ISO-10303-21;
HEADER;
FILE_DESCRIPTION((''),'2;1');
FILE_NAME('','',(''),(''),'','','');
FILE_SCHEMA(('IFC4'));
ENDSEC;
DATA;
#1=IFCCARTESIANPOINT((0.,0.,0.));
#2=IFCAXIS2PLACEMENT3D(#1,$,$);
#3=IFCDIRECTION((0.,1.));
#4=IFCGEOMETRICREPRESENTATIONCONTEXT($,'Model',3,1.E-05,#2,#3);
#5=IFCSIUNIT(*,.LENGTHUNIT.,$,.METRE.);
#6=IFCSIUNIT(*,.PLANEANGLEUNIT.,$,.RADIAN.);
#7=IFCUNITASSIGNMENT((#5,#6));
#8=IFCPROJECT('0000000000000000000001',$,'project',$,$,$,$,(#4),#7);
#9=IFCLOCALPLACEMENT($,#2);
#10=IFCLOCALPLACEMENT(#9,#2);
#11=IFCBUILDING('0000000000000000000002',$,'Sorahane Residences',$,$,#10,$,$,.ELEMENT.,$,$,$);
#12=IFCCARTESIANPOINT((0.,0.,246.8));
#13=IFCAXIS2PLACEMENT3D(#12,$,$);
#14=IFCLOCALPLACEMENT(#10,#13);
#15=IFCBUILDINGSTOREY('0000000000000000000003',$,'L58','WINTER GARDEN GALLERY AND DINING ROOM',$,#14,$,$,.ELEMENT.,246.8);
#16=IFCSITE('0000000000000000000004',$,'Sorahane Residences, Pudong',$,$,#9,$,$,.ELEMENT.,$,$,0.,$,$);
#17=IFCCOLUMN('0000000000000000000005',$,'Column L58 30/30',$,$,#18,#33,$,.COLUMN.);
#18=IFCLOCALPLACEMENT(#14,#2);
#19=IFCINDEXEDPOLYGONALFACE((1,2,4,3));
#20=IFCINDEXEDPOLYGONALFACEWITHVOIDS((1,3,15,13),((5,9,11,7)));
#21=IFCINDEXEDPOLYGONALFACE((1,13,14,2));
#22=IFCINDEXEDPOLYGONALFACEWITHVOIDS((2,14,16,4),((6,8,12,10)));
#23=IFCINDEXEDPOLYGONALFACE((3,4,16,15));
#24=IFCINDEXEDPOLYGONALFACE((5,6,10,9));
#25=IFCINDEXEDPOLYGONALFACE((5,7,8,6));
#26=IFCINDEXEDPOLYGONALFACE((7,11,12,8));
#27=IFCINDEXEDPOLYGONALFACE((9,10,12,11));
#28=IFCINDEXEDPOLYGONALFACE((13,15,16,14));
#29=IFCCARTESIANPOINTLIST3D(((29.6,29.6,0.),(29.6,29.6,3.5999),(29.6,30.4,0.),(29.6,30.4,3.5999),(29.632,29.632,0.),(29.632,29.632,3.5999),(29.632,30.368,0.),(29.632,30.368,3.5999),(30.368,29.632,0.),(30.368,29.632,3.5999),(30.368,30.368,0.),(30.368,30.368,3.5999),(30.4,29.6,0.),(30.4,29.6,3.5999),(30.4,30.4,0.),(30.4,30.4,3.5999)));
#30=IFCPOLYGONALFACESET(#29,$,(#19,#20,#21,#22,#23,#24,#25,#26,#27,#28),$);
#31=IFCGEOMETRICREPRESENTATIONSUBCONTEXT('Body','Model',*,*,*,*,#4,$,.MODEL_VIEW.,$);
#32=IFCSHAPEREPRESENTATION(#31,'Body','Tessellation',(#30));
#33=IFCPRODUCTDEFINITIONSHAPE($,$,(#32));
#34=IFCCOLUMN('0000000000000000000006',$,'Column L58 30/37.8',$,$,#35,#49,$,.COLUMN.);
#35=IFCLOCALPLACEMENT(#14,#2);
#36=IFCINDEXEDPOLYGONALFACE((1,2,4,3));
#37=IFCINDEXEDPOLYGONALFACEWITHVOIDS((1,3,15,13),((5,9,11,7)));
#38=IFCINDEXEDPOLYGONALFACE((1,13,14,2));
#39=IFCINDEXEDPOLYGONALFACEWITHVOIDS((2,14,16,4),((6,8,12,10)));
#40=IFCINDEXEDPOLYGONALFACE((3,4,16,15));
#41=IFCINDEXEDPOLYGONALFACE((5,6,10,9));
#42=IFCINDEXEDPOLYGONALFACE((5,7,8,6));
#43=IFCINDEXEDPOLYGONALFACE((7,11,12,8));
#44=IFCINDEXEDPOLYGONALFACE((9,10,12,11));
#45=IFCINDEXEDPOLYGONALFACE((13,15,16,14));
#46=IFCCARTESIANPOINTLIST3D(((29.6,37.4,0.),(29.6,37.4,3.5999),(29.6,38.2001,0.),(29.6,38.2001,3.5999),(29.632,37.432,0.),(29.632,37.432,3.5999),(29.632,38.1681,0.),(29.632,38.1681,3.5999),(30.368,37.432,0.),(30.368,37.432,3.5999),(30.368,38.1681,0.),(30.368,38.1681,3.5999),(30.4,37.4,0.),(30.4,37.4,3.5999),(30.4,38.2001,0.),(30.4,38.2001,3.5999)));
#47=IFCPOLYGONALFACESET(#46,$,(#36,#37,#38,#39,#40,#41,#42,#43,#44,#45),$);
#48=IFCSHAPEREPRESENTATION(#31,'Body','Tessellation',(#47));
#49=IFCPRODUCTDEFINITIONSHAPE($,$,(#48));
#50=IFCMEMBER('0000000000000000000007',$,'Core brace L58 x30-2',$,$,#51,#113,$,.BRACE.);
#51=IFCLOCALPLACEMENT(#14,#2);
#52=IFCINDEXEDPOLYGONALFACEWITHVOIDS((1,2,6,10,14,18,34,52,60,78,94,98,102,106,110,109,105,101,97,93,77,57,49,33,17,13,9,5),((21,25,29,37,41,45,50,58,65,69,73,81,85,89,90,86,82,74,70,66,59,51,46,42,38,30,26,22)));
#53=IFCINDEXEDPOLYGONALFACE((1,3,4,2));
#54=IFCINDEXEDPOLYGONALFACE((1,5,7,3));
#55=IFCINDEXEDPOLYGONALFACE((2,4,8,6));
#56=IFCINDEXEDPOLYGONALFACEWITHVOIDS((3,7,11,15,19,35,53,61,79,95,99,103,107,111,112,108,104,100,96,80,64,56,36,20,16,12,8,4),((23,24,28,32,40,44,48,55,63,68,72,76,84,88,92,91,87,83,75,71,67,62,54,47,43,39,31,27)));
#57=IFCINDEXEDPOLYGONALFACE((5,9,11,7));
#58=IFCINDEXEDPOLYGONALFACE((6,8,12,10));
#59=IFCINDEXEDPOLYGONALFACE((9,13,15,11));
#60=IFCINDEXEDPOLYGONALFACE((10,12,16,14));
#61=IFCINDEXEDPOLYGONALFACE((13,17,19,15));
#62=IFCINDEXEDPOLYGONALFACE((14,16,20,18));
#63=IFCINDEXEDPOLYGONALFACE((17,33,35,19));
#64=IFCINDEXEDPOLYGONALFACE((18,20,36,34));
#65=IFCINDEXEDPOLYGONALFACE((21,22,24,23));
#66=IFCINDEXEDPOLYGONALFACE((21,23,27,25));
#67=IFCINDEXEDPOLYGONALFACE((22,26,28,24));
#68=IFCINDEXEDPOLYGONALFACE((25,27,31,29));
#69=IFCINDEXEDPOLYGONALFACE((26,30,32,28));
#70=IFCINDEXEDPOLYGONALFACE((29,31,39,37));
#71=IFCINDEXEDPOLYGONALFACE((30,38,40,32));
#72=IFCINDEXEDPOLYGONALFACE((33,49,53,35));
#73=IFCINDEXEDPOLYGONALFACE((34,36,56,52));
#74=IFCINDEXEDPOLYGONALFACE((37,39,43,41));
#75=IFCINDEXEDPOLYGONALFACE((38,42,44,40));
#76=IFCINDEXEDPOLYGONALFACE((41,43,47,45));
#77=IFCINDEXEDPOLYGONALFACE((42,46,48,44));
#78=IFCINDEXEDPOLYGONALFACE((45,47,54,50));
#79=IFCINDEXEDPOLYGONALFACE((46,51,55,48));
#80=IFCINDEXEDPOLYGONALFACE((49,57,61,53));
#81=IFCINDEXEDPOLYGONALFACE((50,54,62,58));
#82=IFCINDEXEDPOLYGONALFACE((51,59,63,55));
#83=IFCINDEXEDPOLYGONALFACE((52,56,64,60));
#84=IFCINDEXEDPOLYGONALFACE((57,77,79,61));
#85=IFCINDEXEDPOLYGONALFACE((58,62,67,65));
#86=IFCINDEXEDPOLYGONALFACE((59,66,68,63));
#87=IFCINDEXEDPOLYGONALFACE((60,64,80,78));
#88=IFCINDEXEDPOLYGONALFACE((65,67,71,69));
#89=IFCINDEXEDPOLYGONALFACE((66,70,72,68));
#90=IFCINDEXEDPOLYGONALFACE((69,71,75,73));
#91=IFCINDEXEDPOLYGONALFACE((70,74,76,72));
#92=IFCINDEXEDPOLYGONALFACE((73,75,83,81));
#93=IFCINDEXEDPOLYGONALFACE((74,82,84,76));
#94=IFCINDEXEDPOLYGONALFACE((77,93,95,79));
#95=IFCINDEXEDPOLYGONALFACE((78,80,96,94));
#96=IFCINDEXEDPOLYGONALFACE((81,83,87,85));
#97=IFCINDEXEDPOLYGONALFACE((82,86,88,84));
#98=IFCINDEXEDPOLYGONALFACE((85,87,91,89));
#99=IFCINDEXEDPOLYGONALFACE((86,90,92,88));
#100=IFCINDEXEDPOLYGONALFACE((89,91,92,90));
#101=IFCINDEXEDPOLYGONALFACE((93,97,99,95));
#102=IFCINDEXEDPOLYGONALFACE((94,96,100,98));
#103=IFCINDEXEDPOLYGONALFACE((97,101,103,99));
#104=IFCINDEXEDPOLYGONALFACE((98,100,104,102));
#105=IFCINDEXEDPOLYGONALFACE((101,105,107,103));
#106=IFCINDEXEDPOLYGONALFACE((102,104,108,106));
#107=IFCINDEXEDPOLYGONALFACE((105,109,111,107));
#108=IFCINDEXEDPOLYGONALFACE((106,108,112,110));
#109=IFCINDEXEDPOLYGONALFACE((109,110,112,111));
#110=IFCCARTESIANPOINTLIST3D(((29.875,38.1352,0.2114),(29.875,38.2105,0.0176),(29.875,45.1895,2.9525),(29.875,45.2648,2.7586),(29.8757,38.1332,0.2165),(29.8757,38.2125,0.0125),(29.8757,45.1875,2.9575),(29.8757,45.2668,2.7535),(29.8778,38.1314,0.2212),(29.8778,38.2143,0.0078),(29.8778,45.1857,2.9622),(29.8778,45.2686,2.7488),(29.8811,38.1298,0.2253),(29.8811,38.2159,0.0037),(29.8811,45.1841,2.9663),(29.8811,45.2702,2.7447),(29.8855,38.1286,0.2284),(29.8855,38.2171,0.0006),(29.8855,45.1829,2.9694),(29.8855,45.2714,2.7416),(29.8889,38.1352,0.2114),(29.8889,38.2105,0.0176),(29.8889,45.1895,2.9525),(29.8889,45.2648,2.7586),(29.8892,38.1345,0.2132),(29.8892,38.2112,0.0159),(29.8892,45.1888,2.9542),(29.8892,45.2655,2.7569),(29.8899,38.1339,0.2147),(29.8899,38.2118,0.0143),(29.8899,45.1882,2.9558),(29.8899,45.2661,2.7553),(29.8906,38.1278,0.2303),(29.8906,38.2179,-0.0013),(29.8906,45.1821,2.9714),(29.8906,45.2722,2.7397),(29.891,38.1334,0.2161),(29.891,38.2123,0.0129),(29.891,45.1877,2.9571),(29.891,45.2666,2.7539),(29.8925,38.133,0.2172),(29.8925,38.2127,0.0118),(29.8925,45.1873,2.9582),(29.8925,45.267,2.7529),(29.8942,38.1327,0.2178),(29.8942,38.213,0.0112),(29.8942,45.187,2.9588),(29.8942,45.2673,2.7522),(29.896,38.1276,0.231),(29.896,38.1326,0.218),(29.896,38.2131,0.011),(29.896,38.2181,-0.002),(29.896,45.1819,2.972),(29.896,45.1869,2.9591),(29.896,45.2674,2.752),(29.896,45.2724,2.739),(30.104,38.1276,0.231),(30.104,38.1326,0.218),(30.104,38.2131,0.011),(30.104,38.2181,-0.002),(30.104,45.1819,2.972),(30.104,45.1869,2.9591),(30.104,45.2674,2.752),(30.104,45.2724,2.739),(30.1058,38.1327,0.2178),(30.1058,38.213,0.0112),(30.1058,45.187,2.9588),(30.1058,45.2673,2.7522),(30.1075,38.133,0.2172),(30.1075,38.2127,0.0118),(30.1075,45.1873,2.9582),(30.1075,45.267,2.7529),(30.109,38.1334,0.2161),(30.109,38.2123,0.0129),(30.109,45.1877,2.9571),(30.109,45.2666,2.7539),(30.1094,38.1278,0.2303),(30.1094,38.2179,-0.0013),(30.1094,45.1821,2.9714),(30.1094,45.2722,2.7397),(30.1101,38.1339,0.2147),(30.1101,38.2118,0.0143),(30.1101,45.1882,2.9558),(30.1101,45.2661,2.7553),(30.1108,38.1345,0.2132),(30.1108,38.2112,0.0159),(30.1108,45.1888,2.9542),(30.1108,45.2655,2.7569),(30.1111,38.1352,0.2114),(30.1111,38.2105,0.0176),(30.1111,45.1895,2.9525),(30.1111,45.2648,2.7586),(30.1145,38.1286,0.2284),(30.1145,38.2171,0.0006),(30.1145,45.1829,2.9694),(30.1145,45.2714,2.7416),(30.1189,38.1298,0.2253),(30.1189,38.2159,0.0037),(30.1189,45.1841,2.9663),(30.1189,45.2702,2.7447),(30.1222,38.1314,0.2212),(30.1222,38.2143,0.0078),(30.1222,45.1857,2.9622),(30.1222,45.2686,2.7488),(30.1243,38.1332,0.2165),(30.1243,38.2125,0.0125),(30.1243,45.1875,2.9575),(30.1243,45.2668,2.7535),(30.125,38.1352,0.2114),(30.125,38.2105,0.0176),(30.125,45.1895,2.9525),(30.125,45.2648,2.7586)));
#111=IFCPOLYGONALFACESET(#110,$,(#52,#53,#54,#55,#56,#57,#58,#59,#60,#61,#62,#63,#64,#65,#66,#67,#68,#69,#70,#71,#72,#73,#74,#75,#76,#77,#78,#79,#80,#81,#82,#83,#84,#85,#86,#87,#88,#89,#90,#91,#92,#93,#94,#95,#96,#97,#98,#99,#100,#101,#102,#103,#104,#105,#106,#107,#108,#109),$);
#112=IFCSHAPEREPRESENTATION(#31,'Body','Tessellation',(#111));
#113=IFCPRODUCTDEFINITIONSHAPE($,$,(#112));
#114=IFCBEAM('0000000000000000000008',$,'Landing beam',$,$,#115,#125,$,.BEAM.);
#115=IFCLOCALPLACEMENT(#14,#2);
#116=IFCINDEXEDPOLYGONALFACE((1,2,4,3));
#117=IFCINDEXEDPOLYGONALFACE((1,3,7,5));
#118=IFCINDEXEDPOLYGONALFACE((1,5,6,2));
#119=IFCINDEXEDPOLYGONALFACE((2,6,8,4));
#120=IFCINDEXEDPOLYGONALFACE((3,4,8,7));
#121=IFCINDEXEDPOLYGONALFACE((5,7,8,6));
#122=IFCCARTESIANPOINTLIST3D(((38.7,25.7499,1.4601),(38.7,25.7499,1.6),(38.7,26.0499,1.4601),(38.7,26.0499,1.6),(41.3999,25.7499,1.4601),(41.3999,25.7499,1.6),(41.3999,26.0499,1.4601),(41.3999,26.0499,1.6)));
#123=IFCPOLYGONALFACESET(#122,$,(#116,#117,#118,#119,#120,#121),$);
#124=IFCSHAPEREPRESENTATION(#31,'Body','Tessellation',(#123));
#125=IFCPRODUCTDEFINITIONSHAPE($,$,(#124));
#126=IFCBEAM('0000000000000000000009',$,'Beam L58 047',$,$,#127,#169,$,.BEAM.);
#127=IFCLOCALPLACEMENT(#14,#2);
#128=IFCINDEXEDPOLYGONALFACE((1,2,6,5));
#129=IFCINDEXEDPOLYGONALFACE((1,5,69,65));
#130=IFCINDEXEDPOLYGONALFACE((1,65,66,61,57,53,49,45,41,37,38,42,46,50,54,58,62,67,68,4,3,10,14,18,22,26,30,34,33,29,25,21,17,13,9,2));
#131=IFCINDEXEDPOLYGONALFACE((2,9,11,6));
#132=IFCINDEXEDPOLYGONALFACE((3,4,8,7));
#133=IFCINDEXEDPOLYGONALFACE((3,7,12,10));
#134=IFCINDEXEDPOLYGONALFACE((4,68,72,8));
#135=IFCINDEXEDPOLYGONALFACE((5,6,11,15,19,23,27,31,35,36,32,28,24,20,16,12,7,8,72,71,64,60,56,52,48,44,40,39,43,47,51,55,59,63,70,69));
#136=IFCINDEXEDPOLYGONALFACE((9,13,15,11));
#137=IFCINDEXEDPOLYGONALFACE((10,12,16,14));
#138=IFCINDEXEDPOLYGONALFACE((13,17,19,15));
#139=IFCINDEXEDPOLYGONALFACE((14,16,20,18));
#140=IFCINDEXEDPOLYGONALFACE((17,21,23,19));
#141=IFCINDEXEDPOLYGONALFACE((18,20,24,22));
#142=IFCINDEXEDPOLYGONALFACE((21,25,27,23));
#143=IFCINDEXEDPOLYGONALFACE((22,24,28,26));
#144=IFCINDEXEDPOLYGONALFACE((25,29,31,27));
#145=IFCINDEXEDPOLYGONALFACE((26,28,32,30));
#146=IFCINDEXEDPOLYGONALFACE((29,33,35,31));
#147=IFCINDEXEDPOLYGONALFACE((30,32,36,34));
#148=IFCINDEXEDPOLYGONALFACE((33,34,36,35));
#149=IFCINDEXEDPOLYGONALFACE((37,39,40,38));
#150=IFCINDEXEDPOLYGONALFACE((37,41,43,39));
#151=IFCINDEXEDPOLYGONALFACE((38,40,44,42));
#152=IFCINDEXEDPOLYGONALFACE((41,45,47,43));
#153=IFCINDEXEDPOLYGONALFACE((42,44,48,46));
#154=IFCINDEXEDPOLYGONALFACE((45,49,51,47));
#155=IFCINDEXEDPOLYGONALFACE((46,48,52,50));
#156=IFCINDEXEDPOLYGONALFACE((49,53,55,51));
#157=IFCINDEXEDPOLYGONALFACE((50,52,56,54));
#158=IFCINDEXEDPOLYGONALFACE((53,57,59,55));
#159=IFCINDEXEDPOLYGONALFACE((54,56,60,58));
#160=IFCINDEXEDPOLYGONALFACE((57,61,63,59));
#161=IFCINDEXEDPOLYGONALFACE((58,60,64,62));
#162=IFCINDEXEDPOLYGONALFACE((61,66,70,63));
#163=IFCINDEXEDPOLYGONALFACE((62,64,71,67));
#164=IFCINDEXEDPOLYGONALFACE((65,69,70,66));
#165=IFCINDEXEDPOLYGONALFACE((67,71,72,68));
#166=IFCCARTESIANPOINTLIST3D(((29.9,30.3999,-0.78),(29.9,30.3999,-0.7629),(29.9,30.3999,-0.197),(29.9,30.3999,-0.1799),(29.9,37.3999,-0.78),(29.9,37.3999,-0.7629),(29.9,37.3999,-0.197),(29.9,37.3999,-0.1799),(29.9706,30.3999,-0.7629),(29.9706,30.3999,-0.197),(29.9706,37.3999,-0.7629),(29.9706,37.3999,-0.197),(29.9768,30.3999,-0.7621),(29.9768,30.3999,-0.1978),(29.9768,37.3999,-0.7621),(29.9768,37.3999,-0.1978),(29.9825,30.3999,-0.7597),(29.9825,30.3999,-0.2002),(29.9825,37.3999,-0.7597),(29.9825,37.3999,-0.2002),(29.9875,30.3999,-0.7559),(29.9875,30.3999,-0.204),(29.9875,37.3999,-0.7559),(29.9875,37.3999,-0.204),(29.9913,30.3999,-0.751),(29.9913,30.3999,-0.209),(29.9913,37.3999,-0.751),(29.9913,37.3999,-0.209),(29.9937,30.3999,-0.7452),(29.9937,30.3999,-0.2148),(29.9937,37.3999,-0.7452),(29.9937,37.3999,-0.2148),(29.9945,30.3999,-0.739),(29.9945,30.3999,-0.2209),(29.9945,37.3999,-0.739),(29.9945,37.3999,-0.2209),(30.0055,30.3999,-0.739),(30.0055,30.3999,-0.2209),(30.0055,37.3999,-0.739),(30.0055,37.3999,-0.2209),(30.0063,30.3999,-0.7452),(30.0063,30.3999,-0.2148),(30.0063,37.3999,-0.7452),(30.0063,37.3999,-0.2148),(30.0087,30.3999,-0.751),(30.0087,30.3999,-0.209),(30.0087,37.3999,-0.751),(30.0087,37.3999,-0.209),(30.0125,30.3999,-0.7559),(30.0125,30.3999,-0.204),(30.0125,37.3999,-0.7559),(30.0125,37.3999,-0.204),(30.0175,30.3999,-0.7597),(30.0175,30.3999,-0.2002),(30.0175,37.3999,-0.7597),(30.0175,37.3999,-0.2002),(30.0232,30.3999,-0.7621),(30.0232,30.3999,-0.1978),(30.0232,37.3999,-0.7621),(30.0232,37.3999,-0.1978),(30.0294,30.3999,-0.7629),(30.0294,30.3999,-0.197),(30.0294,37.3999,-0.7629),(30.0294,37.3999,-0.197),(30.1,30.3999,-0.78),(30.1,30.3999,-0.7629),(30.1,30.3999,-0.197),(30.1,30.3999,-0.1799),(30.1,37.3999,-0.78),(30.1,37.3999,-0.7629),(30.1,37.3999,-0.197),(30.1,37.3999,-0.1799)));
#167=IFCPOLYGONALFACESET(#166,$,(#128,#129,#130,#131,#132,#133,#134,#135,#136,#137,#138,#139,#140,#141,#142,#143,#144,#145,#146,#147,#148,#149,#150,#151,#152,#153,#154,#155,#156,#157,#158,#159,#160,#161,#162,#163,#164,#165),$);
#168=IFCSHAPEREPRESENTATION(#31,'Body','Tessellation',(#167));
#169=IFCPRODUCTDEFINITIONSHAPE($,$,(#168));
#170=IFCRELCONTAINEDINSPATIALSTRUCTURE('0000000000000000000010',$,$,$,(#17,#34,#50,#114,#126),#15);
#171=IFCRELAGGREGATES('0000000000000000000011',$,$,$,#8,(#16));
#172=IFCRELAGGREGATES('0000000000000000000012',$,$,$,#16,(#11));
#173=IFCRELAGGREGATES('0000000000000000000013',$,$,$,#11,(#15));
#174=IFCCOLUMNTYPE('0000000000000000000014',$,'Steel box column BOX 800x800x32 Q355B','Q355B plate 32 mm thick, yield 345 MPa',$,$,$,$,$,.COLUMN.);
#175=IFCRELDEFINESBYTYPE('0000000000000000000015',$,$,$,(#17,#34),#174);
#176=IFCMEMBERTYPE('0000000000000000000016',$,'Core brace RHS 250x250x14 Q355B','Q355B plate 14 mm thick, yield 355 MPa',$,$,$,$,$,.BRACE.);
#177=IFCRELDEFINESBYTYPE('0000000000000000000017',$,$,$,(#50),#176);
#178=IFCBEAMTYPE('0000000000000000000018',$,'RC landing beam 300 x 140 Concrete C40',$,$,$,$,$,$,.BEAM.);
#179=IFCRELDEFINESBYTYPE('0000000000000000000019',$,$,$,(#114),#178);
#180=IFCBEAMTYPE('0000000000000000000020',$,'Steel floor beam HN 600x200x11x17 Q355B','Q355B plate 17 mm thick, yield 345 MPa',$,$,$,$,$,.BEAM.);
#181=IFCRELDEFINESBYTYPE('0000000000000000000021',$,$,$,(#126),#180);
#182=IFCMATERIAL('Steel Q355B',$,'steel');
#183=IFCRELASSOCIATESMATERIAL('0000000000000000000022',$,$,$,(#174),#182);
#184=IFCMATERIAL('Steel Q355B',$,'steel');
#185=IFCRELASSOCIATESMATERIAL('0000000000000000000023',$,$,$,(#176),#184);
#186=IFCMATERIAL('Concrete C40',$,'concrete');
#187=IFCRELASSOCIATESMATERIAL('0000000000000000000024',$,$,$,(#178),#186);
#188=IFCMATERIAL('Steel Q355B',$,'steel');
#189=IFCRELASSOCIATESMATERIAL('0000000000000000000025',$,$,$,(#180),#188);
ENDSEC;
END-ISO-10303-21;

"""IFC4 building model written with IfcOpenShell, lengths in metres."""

from ifc_helpers import new_model, si_unit, direction, frame, origin, origin_2d, place, context, subcontext, project, spatial, rectangle, hollow_rectangle, i_section, extrude, material, material_profile, profile_set, type_object, element, save


model = new_model("IFC4")

# Units and contexts
model_context = context("Model", 3, precision=1e-05, world=origin(), true_north=direction((0.0, 1.0)))
body_context = subcontext(model_context, "Body", "Model", "MODEL_VIEW")
ifc_project = project(units=[si_unit("LENGTHUNIT", "METRE"), si_unit("PLANEANGLEUNIT", "RADIAN")], contexts=[model_context])

# Site, building, storey
site_placement = place(None, origin())
site = spatial("IfcSite", under=ifc_project, at=site_placement, Name="Sorahane Residences, Pudong", CompositionType="ELEMENT", RefElevation=0.0)
building_placement = place(site_placement, origin())
building = spatial("IfcBuilding", under=site, at=building_placement, Name="Sorahane Residences", CompositionType="ELEMENT")
storey_placement = place(building_placement, frame((0.0, 0.0, 246.8)))
storey = spatial("IfcBuildingStorey", under=building, at=storey_placement, Name="L58", Description="WINTER GARDEN GALLERY AND DINING ROOM", CompositionType="ELEMENT", Elevation=246.8)

# Columns
ifc_material_1 = material(Name="Steel Q355B", Category="steel")
ifc_material_profile_1 = material_profile(ifc_material_1, hollow_rectangle(XDim=0.8, YDim=0.8, WallThickness=0.032, at=origin_2d()), Name="BOX 800x800x32")
ifc_profile_set_1 = profile_set([ifc_material_profile_1], Name="Steel Q355B")
column_type = type_object("IfcColumnType", Name="Steel box column BOX 800x800x32 Q355B", Description="Q355B plate 32 mm thick, yield 345 MPa", PredefinedType="COLUMN", material=ifc_profile_set_1)
for number, where, z_axis, x_axis, name in (
    (1, (30.0, 30.0, 0.0), (0.0, 0.0, 1.0), (1.0, 0.0, 0.0), "Column L58 30/30"),
    (2, (30.0, 37.8, 0.0), (0.0, 0.0, 1.0), (1.0, 0.0, 0.0), "Column L58 30/37.8"),
):
    element("IfcColumn", number, at=place(storey_placement, frame(where, z_axis=z_axis, x_axis=x_axis)), inside=storey, type_object=column_type, Name=name, PredefinedType="COLUMN", context=body_context, shape_type="SweptSolid", body=[
        extrude(hollow_rectangle(XDim=0.8, YDim=0.8, WallThickness=0.032, at=origin_2d()), origin(), (0.0, 0.0, 1.0), 3.5999),
    ])

# Member
ifc_material_2 = material(Name="Steel Q355B", Category="steel")
ifc_material_profile_2 = material_profile(ifc_material_2, hollow_rectangle(XDim=0.25, YDim=0.25, WallThickness=0.0139, InnerFilletRadius=0.0071, OuterFilletRadius=0.021, at=origin_2d()), Name="RHS 250x250x14")
ifc_profile_set_2 = profile_set([ifc_material_profile_2], Name="Steel Q355B")
member_type = type_object("IfcMemberType", Name="Core brace RHS 250x250x14 Q355B", Description="Q355B plate 14 mm thick, yield 355 MPa", PredefinedType="BRACE", material=ifc_profile_set_2)
member_placement = place(storey_placement, frame((30.0, 38.1729, 0.1145), z_axis=(0.0, 0.932109, 0.362178), x_axis=(-1.0, 0.0, 0.0)))
element("IfcMember", 3, at=member_placement, inside=storey, type_object=member_type, Name="Core brace L58 x30-2", PredefinedType="BRACE", context=body_context, shape_type="SweptSolid", body=[
    extrude(hollow_rectangle(XDim=0.25, YDim=0.25, WallThickness=0.0139, InnerFilletRadius=0.0071, OuterFilletRadius=0.021, at=origin_2d()), origin(), (0.0, 0.0, 1.0), 7.5681),
])

# Beams
ifc_material_3 = material(Name="Concrete C40", Category="concrete")
ifc_material_profile_3 = material_profile(ifc_material_3, rectangle(XDim=0.3, YDim=0.1399, at=origin_2d()), Name="300x140")
ifc_profile_set_3 = profile_set([ifc_material_profile_3], Name="Concrete C40")
beam_type_1 = type_object("IfcBeamType", Name="RC landing beam 300 x 140 Concrete C40", PredefinedType="BEAM", material=ifc_profile_set_3)
beam_placement = place(storey_placement, frame((38.7, 25.8999, 1.53), z_axis=(1.0, 0.0, 0.0), x_axis=(0.0, 1.0, 0.0)))
element("IfcBeam", 4, at=beam_placement, inside=storey, type_object=beam_type_1, Name="Landing beam", PredefinedType="BEAM", context=body_context, shape_type="SweptSolid", body=[
    extrude(rectangle(XDim=0.3, YDim=0.1399, at=origin_2d()), origin(), (0.0, 0.0, 1.0), 2.7),
])
ifc_material_4 = material(Name="Steel Q355B", Category="steel")
ifc_material_profile_4 = material_profile(ifc_material_4, i_section(OverallWidth=0.2, OverallDepth=0.6001, WebThickness=0.011, FlangeThickness=0.0171, FilletRadius=0.0239, at=origin_2d()), Name="HN 600x200x11x17")
ifc_profile_set_4 = profile_set([ifc_material_profile_4], Name="Steel Q355B")
beam_type_2 = type_object("IfcBeamType", Name="Steel floor beam HN 600x200x11x17 Q355B", Description="Q355B plate 17 mm thick, yield 345 MPa", PredefinedType="BEAM", material=ifc_profile_set_4)
for number, where, z_axis, x_axis, name in (
    (5, (30.0, 30.3999, -0.48), (0.0, 1.0, 0.0), (-1.0, 0.0, 0.0), "Beam L58 047"),
):
    element("IfcBeam", number, at=place(storey_placement, frame(where, z_axis=z_axis, x_axis=x_axis)), inside=storey, type_object=beam_type_2, Name=name, PredefinedType="BEAM", context=body_context, shape_type="SweptSolid", body=[
        extrude(i_section(OverallWidth=0.2, OverallDepth=0.6001, WebThickness=0.011, FlangeThickness=0.0171, FilletRadius=0.0239, at=origin_2d()), origin(), (0.0, 0.0, 1.0), 7.0),
    ])

save(model, "model.ifc")
